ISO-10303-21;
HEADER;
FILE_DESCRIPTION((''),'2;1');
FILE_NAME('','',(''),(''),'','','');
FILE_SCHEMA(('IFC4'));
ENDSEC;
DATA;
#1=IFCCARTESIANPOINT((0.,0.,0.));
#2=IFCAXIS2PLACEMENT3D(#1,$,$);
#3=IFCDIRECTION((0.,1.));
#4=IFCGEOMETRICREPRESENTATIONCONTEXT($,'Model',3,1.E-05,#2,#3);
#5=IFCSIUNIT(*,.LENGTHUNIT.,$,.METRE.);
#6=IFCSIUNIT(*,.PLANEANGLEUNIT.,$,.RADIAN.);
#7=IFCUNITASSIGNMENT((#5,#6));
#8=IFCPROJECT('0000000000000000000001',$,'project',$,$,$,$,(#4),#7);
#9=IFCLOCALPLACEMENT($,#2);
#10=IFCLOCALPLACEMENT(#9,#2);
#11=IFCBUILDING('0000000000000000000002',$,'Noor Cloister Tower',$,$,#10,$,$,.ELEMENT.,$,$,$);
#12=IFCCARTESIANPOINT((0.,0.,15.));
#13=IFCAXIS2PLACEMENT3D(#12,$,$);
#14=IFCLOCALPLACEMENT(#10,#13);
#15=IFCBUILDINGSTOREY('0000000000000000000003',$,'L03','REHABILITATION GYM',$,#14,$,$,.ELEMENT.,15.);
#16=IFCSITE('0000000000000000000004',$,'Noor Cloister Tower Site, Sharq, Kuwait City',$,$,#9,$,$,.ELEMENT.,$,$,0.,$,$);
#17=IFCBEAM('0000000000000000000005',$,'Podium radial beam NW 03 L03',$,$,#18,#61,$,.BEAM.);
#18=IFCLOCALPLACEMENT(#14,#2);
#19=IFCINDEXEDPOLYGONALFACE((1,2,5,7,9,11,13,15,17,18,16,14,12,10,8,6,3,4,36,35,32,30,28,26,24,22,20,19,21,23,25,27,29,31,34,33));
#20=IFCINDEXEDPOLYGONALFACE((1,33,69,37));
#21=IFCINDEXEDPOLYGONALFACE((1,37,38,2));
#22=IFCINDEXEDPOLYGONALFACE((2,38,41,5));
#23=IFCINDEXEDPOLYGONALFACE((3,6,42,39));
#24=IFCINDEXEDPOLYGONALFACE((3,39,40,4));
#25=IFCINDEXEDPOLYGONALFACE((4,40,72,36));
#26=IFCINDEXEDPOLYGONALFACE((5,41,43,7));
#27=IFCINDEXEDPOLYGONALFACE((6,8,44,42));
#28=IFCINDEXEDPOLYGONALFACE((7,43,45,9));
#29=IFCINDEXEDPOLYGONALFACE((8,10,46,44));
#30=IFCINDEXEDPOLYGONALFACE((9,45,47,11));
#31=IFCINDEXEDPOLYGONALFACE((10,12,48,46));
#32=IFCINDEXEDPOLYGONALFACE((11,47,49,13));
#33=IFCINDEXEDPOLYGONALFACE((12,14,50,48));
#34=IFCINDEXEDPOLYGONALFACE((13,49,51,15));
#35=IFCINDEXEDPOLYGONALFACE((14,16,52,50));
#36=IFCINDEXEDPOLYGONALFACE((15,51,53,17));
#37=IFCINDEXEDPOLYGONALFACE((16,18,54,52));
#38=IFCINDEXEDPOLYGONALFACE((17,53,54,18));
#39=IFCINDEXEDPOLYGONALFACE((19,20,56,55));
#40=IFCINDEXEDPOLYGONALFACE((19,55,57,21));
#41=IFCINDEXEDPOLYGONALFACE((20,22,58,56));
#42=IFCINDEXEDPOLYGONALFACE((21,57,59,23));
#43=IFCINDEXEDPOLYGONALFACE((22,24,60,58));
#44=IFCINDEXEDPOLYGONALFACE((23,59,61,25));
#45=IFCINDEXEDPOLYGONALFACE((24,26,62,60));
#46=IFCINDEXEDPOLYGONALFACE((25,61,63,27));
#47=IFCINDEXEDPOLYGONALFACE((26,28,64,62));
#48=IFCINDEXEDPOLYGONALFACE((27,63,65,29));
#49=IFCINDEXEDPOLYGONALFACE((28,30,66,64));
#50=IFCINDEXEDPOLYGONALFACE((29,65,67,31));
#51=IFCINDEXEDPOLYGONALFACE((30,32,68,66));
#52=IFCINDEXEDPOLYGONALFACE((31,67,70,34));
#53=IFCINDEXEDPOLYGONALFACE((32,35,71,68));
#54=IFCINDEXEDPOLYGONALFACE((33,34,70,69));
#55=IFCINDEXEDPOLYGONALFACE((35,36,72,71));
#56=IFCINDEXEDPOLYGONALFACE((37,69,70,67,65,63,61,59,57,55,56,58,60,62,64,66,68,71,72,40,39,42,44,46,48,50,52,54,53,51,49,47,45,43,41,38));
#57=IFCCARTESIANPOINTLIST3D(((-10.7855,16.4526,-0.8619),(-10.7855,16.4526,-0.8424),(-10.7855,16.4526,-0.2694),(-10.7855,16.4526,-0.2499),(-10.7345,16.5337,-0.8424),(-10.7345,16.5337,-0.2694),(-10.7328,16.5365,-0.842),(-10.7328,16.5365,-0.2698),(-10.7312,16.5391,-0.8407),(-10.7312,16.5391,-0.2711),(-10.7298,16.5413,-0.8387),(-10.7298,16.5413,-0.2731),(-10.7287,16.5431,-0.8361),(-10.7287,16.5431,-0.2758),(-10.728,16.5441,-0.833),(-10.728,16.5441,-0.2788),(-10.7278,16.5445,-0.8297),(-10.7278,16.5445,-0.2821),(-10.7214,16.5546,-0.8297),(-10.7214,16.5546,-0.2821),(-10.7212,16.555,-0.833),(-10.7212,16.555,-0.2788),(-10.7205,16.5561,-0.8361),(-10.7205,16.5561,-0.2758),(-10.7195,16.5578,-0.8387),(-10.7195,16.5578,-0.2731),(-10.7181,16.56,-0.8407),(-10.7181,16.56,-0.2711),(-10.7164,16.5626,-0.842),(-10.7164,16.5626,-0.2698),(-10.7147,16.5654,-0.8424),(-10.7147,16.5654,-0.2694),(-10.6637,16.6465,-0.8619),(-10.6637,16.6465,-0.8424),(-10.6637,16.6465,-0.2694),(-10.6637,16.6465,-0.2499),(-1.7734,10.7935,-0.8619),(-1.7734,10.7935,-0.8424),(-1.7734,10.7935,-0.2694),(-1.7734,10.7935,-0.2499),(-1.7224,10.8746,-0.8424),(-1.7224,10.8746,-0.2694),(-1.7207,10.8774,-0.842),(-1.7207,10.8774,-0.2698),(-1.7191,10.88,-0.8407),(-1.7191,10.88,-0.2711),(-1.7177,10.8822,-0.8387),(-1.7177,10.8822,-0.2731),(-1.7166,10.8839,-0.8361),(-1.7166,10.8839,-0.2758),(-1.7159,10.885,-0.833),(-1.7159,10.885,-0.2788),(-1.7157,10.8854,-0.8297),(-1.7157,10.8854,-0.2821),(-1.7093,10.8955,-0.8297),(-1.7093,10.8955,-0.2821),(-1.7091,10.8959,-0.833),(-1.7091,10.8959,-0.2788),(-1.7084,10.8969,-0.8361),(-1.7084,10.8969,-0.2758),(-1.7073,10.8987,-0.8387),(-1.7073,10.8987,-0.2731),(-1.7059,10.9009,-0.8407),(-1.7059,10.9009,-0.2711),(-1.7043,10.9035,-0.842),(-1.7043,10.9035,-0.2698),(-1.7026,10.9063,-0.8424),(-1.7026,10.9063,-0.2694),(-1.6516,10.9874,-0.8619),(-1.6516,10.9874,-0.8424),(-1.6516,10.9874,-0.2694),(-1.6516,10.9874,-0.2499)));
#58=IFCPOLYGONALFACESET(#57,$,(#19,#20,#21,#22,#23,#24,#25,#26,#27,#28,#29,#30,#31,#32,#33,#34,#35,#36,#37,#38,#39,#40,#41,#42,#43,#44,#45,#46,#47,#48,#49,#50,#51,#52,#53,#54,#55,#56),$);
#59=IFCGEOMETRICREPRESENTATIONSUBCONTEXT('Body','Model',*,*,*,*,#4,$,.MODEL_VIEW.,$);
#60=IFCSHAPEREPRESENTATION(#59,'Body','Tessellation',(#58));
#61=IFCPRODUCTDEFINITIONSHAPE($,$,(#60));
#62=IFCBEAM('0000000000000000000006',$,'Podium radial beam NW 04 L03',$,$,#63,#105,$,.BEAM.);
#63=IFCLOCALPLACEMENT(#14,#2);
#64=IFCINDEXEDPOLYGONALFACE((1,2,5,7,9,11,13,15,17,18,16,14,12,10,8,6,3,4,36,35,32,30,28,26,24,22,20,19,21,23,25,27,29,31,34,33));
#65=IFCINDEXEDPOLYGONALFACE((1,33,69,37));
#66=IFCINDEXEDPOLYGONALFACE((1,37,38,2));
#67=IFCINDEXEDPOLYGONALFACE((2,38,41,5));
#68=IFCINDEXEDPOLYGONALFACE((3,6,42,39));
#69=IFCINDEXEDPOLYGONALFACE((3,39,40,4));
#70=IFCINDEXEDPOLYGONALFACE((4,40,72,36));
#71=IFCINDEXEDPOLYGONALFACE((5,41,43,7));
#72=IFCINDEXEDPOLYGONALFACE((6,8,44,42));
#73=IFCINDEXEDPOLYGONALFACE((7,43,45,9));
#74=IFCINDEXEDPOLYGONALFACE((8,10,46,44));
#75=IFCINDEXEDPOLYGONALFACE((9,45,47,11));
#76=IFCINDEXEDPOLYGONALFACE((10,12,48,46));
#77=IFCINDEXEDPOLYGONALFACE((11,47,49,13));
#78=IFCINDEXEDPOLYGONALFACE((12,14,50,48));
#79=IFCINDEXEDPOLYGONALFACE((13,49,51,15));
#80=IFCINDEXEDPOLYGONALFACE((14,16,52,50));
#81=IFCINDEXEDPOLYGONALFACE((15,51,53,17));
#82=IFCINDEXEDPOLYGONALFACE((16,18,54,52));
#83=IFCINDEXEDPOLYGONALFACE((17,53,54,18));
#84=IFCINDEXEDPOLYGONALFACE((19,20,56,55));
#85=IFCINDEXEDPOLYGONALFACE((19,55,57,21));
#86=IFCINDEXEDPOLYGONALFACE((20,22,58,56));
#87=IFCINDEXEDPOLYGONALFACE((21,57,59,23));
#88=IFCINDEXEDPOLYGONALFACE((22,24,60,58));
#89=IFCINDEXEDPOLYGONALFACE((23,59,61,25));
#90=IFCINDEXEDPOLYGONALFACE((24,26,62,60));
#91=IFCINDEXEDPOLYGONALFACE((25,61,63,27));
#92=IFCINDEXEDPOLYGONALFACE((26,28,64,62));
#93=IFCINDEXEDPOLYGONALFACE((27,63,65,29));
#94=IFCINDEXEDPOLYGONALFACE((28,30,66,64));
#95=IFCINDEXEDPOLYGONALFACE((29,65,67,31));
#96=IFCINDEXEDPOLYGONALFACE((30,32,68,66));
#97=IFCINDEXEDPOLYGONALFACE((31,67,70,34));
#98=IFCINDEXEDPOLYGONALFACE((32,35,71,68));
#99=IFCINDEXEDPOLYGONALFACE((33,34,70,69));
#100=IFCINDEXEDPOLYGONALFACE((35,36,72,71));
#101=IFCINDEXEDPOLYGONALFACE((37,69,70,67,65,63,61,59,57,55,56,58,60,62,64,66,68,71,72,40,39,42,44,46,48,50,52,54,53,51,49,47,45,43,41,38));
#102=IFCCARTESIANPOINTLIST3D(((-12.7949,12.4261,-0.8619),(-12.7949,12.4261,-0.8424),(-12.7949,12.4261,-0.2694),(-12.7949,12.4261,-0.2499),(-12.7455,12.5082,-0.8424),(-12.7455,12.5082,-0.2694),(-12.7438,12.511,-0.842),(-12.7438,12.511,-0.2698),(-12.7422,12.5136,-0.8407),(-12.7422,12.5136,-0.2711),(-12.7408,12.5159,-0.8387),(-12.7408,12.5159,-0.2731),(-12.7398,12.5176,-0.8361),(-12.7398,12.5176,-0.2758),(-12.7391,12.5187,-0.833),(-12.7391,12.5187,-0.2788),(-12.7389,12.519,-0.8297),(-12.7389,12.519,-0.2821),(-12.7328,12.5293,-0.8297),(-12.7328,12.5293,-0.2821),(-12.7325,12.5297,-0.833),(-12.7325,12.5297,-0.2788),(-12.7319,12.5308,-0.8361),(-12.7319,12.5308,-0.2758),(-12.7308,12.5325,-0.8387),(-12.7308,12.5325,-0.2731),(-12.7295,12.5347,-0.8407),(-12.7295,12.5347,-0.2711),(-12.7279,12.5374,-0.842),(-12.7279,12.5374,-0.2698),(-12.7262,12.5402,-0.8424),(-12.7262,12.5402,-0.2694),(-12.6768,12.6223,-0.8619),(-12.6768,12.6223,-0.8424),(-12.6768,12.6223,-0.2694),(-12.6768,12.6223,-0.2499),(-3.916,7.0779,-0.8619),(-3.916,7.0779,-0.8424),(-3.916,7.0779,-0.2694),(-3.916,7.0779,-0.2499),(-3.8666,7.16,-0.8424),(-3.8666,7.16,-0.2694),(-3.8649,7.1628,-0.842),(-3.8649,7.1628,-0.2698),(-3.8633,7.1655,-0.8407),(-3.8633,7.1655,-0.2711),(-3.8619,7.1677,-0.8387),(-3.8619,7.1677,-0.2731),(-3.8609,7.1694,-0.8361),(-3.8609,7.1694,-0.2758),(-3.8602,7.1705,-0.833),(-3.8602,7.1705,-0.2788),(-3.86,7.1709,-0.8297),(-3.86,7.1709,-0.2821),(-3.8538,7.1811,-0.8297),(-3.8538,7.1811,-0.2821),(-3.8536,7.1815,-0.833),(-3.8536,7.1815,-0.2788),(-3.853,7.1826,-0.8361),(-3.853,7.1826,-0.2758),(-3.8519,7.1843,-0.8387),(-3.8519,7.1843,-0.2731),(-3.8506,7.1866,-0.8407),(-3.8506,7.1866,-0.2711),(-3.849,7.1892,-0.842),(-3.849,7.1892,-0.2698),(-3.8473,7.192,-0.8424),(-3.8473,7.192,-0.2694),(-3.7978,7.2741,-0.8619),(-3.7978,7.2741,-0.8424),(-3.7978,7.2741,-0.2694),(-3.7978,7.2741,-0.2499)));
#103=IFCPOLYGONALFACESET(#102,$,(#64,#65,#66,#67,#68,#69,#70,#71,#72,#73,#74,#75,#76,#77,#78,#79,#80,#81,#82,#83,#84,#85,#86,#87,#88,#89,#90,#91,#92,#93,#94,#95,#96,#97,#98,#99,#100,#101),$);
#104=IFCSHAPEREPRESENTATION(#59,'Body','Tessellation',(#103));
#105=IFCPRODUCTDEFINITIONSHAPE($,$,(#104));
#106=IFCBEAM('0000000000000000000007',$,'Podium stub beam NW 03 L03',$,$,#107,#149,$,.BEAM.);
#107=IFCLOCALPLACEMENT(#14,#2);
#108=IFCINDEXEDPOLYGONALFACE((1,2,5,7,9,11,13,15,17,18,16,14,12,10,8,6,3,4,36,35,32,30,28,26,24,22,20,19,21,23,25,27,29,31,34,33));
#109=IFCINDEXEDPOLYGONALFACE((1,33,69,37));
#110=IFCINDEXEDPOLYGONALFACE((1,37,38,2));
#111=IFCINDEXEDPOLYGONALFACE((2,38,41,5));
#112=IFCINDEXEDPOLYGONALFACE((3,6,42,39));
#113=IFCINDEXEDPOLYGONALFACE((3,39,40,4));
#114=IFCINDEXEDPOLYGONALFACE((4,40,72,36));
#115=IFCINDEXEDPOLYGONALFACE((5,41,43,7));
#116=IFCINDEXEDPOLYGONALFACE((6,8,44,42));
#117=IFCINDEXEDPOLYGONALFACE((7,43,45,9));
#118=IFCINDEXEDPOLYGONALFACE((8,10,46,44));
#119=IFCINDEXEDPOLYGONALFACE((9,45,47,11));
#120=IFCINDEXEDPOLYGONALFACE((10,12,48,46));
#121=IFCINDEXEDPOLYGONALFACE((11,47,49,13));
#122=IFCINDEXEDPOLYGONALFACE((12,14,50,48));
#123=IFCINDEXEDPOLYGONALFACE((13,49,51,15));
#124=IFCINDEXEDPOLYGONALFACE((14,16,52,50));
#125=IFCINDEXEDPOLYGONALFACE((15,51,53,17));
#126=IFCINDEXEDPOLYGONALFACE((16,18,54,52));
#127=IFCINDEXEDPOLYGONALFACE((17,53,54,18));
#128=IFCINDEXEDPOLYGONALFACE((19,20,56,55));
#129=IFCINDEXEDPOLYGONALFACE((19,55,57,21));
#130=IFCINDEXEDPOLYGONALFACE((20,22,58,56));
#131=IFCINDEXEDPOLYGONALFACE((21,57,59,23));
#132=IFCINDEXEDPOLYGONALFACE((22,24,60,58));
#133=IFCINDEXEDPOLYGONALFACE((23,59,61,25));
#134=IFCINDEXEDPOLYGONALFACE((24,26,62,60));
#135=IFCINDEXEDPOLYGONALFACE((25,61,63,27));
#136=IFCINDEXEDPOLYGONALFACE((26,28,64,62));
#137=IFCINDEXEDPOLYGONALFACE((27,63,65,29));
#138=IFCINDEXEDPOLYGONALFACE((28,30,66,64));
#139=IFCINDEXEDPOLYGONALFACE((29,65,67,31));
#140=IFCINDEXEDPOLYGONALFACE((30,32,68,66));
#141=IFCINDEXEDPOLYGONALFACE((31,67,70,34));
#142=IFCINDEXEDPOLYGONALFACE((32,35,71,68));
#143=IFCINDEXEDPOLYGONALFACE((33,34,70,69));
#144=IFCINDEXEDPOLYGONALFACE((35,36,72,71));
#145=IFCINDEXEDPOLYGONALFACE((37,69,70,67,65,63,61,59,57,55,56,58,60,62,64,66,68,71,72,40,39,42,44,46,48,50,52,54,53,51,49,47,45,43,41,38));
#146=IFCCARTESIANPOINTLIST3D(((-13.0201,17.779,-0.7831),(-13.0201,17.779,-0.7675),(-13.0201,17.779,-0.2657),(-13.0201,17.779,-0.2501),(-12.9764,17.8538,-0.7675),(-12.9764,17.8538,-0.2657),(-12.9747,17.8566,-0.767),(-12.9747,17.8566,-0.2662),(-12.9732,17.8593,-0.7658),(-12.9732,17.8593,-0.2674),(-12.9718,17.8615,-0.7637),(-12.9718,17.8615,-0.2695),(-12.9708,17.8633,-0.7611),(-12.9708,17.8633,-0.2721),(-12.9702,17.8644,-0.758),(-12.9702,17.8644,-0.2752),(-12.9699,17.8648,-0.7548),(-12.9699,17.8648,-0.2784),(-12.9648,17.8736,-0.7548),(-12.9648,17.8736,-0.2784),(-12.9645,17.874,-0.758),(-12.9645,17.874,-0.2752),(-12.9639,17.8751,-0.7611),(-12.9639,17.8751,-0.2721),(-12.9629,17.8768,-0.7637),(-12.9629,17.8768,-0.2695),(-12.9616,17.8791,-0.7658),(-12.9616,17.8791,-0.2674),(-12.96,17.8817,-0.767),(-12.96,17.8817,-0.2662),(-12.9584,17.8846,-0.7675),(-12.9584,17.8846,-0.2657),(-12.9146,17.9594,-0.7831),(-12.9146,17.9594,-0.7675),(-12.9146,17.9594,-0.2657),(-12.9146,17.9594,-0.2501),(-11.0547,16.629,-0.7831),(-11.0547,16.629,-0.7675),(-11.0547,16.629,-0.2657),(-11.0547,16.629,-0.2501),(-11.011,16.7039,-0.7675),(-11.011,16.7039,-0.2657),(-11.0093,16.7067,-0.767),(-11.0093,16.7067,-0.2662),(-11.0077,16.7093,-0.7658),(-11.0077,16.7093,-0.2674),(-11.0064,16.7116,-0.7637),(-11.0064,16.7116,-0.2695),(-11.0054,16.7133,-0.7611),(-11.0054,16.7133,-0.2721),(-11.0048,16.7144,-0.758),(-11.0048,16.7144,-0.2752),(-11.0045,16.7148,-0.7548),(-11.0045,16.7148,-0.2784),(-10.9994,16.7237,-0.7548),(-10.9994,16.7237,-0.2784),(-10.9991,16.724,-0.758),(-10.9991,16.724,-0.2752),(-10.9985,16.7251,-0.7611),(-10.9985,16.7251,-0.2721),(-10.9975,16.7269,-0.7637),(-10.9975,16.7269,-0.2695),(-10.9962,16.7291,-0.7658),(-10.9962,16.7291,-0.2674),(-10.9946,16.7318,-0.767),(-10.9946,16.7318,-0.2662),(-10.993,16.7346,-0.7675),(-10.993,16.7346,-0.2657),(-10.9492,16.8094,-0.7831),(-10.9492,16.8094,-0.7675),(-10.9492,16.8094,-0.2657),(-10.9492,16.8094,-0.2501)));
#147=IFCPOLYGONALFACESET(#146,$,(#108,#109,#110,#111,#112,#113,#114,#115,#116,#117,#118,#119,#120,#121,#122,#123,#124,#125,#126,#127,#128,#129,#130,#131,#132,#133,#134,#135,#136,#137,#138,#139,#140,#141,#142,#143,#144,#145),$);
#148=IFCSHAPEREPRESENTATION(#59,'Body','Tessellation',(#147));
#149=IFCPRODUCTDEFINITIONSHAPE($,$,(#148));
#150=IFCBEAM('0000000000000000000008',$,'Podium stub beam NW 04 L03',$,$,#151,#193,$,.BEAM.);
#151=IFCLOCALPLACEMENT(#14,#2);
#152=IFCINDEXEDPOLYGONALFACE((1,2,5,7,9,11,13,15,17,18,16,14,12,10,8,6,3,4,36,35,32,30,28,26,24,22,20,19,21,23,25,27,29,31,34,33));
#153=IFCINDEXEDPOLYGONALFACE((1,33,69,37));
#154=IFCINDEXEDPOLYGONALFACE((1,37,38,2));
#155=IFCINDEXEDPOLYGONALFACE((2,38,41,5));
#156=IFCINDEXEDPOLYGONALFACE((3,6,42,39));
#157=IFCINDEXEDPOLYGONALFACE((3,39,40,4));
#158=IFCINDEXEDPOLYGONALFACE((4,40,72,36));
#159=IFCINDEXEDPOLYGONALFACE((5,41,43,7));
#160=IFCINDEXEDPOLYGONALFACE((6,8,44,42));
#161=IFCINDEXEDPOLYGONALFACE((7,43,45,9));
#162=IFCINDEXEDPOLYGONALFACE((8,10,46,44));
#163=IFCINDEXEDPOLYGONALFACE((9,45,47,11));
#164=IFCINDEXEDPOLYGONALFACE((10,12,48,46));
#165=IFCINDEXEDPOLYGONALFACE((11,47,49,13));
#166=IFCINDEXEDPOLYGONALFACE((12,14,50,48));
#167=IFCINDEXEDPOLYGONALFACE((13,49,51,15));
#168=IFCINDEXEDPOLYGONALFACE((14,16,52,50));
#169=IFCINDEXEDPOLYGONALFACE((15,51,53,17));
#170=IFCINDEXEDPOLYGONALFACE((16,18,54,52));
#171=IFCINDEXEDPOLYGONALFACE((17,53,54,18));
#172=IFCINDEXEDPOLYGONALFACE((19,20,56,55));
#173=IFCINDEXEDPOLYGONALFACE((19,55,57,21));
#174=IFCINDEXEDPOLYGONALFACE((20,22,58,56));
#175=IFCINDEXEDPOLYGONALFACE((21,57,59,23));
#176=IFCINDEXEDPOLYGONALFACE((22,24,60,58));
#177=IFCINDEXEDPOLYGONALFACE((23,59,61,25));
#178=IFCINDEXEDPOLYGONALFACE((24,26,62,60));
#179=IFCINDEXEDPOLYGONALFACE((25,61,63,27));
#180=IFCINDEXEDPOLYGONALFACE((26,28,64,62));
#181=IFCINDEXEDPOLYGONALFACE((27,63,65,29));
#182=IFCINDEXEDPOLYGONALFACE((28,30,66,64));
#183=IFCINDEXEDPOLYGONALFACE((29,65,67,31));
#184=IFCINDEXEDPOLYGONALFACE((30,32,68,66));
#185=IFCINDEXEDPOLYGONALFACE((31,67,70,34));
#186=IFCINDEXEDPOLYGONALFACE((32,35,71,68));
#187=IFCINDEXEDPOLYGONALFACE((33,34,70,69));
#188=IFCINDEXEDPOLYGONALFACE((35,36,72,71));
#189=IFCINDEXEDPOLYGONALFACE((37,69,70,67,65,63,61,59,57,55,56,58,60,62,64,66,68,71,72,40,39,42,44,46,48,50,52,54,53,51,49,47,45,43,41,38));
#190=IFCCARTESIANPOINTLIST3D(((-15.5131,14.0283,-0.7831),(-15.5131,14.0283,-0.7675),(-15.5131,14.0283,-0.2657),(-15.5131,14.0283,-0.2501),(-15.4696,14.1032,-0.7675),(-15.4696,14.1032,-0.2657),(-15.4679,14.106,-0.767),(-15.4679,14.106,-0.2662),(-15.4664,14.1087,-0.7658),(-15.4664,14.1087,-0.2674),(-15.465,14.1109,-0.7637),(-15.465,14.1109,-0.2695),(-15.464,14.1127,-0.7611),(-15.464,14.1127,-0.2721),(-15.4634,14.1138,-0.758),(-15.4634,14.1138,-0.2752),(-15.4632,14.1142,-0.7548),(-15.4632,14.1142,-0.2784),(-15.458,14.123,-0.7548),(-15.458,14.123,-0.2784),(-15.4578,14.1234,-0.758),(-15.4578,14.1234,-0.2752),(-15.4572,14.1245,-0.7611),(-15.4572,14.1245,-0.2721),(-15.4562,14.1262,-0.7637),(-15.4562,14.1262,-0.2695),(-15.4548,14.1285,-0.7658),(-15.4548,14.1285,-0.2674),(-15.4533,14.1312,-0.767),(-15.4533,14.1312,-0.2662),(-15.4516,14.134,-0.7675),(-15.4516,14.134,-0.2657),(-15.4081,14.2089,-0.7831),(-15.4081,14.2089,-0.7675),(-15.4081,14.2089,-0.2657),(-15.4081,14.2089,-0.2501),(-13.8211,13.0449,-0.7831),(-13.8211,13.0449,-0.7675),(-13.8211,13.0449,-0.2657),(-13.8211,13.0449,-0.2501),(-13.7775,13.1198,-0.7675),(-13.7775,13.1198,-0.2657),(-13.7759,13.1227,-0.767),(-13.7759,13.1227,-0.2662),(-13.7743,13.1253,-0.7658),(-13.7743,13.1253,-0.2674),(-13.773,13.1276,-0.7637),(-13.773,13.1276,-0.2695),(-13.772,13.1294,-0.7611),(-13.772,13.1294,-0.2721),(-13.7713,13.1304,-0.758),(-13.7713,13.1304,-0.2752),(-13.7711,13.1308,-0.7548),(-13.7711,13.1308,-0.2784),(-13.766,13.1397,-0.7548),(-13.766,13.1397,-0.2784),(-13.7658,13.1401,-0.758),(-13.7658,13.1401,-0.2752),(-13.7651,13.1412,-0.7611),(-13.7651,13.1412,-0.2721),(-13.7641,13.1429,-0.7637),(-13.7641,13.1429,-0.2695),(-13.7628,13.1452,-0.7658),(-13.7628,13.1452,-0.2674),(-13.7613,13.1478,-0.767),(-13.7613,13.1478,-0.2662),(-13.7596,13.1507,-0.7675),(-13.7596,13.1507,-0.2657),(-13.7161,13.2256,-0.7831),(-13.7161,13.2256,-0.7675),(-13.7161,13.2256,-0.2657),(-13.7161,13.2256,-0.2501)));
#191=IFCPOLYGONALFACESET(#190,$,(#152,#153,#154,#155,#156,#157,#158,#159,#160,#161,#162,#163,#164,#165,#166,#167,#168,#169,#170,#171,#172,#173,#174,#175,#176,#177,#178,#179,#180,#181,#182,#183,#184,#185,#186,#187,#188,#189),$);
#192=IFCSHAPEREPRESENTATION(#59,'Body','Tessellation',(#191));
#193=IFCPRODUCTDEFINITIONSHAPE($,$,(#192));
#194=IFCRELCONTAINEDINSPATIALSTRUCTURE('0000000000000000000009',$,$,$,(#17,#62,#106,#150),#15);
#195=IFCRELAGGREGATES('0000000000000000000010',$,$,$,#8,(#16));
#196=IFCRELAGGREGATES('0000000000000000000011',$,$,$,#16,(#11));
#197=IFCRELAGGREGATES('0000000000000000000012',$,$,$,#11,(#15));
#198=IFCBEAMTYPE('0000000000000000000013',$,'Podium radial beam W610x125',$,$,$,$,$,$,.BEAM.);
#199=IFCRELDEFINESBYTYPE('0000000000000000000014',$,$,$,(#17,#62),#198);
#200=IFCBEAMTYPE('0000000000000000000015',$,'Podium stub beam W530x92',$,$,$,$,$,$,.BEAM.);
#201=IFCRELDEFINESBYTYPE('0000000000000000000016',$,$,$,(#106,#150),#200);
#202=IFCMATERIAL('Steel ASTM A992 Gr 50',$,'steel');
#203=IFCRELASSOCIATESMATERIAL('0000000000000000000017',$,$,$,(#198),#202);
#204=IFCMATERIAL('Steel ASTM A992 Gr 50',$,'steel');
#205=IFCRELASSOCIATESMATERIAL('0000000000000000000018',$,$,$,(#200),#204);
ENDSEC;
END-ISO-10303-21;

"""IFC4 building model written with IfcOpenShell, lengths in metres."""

from ifc_helpers import new_model, si_unit, direction, frame, origin, origin_2d, place, context, subcontext, project, spatial, i_section, extrude, material, material_profile, profile_set, type_object, element, save


model = new_model("IFC4")

# Units and contexts
model_context = context("Model", 3, precision=1e-05, world=origin(), true_north=direction((0.0, 1.0)))
body_context = subcontext(model_context, "Body", "Model", "MODEL_VIEW")
ifc_project = project(units=[si_unit("LENGTHUNIT", "METRE"), si_unit("PLANEANGLEUNIT", "RADIAN")], contexts=[model_context])

# Site, building, storey
site_placement = place(None, origin())
site = spatial("IfcSite", under=ifc_project, at=site_placement, Name="Noor Cloister Tower Site, Sharq, Kuwait City", CompositionType="ELEMENT", RefElevation=0.0)
building_placement = place(site_placement, origin())
building = spatial("IfcBuilding", under=site, at=building_placement, Name="Noor Cloister Tower", CompositionType="ELEMENT")
storey_placement = place(building_placement, frame((0.0, 0.0, 15.0)))
storey = spatial("IfcBuildingStorey", under=building, at=storey_placement, Name="L03", Description="REHABILITATION GYM", CompositionType="ELEMENT", Elevation=15.0)

# Beams
ifc_material_1 = material(Name="Steel ASTM A992 Gr 50", Category="steel")
ifc_material_profile_1 = material_profile(ifc_material_1, i_section(OverallWidth=0.229, OverallDepth=0.6121, WebThickness=0.012, FlangeThickness=0.0195, FilletRadius=0.0127, at=origin_2d()), Name="W610x125")
ifc_profile_set_1 = profile_set([ifc_material_profile_1], Name="Steel ASTM A992 Gr 50")
beam_type_1 = type_object("IfcBeamType", Name="Podium radial beam W610x125", PredefinedType="BEAM", material=ifc_profile_set_1)
beam_1_placement = place(storey_placement, frame((-10.7246, 16.5496, -0.5559), z_axis=(0.846875, -0.531792, 0.0), x_axis=(0.531792, 0.846875, 0.0)))
element("IfcBeam", 1, at=beam_1_placement, inside=storey, type_object=beam_type_1, Name="Podium radial beam NW 03 L03", PredefinedType="BEAM", context=body_context, shape_type="SweptSolid", body=[
    extrude(i_section(OverallWidth=0.229, OverallDepth=0.6121, WebThickness=0.012, FlangeThickness=0.0195, FilletRadius=0.0127, at=origin_2d()), origin(), (0.0, 0.0, 1.0), 10.6416),
])
beam_2_placement = place(storey_placement, frame((-12.7358, 12.5242, -0.5559), z_axis=(0.856606, -0.515971, 0.0), x_axis=(0.515971, 0.856606, 0.0)))
element("IfcBeam", 2, at=beam_2_placement, inside=storey, type_object=beam_type_1, Name="Podium radial beam NW 04 L03", PredefinedType="BEAM", context=body_context, shape_type="SweptSolid", body=[
    extrude(i_section(OverallWidth=0.229, OverallDepth=0.6121, WebThickness=0.012, FlangeThickness=0.0195, FilletRadius=0.0127, at=origin_2d()), origin(), (0.0, 0.0, 1.0), 10.3652),
])
ifc_material_2 = material(Name="Steel ASTM A992 Gr 50", Category="steel")
ifc_material_profile_2 = material_profile(ifc_material_2, i_section(OverallWidth=0.209, OverallDepth=0.533, WebThickness=0.0103, FlangeThickness=0.0156, FilletRadius=0.0127, at=origin_2d()), Name="W530x92")
ifc_profile_set_2 = profile_set([ifc_material_profile_2], Name="Steel ASTM A992 Gr 50")
beam_type_2 = type_object("IfcBeamType", Name="Podium stub beam W530x92", PredefinedType="BEAM", material=ifc_profile_set_2)
beam_3_placement = place(storey_placement, frame((-11.002, 16.7192, -0.5166), z_axis=(-0.863117, 0.505004, 0.0), x_axis=(-0.505004, -0.863117, 0.0)))
element("IfcBeam", 3, at=beam_3_placement, inside=storey, type_object=beam_type_2, Name="Podium stub beam NW 03 L03", PredefinedType="BEAM", context=body_context, shape_type="SweptSolid", body=[
    extrude(i_section(OverallWidth=0.209, OverallDepth=0.533, WebThickness=0.0103, FlangeThickness=0.0156, FilletRadius=0.0127, at=origin_2d()), origin(), (0.0, 0.0, 1.0), 2.2771),
])
beam_4_placement = place(storey_placement, frame((-13.7686, 13.1353, -0.5166), z_axis=(-0.864597, 0.502467, 0.0), x_axis=(-0.502467, -0.864597, 0.0)))
element("IfcBeam", 4, at=beam_4_placement, inside=storey, type_object=beam_type_2, Name="Podium stub beam NW 04 L03", PredefinedType="BEAM", context=body_context, shape_type="SweptSolid", body=[
    extrude(i_section(OverallWidth=0.209, OverallDepth=0.533, WebThickness=0.0103, FlangeThickness=0.0156, FilletRadius=0.0127, at=origin_2d()), origin(), (0.0, 0.0, 1.0), 1.957),
])

save(model, "model.ifc")
